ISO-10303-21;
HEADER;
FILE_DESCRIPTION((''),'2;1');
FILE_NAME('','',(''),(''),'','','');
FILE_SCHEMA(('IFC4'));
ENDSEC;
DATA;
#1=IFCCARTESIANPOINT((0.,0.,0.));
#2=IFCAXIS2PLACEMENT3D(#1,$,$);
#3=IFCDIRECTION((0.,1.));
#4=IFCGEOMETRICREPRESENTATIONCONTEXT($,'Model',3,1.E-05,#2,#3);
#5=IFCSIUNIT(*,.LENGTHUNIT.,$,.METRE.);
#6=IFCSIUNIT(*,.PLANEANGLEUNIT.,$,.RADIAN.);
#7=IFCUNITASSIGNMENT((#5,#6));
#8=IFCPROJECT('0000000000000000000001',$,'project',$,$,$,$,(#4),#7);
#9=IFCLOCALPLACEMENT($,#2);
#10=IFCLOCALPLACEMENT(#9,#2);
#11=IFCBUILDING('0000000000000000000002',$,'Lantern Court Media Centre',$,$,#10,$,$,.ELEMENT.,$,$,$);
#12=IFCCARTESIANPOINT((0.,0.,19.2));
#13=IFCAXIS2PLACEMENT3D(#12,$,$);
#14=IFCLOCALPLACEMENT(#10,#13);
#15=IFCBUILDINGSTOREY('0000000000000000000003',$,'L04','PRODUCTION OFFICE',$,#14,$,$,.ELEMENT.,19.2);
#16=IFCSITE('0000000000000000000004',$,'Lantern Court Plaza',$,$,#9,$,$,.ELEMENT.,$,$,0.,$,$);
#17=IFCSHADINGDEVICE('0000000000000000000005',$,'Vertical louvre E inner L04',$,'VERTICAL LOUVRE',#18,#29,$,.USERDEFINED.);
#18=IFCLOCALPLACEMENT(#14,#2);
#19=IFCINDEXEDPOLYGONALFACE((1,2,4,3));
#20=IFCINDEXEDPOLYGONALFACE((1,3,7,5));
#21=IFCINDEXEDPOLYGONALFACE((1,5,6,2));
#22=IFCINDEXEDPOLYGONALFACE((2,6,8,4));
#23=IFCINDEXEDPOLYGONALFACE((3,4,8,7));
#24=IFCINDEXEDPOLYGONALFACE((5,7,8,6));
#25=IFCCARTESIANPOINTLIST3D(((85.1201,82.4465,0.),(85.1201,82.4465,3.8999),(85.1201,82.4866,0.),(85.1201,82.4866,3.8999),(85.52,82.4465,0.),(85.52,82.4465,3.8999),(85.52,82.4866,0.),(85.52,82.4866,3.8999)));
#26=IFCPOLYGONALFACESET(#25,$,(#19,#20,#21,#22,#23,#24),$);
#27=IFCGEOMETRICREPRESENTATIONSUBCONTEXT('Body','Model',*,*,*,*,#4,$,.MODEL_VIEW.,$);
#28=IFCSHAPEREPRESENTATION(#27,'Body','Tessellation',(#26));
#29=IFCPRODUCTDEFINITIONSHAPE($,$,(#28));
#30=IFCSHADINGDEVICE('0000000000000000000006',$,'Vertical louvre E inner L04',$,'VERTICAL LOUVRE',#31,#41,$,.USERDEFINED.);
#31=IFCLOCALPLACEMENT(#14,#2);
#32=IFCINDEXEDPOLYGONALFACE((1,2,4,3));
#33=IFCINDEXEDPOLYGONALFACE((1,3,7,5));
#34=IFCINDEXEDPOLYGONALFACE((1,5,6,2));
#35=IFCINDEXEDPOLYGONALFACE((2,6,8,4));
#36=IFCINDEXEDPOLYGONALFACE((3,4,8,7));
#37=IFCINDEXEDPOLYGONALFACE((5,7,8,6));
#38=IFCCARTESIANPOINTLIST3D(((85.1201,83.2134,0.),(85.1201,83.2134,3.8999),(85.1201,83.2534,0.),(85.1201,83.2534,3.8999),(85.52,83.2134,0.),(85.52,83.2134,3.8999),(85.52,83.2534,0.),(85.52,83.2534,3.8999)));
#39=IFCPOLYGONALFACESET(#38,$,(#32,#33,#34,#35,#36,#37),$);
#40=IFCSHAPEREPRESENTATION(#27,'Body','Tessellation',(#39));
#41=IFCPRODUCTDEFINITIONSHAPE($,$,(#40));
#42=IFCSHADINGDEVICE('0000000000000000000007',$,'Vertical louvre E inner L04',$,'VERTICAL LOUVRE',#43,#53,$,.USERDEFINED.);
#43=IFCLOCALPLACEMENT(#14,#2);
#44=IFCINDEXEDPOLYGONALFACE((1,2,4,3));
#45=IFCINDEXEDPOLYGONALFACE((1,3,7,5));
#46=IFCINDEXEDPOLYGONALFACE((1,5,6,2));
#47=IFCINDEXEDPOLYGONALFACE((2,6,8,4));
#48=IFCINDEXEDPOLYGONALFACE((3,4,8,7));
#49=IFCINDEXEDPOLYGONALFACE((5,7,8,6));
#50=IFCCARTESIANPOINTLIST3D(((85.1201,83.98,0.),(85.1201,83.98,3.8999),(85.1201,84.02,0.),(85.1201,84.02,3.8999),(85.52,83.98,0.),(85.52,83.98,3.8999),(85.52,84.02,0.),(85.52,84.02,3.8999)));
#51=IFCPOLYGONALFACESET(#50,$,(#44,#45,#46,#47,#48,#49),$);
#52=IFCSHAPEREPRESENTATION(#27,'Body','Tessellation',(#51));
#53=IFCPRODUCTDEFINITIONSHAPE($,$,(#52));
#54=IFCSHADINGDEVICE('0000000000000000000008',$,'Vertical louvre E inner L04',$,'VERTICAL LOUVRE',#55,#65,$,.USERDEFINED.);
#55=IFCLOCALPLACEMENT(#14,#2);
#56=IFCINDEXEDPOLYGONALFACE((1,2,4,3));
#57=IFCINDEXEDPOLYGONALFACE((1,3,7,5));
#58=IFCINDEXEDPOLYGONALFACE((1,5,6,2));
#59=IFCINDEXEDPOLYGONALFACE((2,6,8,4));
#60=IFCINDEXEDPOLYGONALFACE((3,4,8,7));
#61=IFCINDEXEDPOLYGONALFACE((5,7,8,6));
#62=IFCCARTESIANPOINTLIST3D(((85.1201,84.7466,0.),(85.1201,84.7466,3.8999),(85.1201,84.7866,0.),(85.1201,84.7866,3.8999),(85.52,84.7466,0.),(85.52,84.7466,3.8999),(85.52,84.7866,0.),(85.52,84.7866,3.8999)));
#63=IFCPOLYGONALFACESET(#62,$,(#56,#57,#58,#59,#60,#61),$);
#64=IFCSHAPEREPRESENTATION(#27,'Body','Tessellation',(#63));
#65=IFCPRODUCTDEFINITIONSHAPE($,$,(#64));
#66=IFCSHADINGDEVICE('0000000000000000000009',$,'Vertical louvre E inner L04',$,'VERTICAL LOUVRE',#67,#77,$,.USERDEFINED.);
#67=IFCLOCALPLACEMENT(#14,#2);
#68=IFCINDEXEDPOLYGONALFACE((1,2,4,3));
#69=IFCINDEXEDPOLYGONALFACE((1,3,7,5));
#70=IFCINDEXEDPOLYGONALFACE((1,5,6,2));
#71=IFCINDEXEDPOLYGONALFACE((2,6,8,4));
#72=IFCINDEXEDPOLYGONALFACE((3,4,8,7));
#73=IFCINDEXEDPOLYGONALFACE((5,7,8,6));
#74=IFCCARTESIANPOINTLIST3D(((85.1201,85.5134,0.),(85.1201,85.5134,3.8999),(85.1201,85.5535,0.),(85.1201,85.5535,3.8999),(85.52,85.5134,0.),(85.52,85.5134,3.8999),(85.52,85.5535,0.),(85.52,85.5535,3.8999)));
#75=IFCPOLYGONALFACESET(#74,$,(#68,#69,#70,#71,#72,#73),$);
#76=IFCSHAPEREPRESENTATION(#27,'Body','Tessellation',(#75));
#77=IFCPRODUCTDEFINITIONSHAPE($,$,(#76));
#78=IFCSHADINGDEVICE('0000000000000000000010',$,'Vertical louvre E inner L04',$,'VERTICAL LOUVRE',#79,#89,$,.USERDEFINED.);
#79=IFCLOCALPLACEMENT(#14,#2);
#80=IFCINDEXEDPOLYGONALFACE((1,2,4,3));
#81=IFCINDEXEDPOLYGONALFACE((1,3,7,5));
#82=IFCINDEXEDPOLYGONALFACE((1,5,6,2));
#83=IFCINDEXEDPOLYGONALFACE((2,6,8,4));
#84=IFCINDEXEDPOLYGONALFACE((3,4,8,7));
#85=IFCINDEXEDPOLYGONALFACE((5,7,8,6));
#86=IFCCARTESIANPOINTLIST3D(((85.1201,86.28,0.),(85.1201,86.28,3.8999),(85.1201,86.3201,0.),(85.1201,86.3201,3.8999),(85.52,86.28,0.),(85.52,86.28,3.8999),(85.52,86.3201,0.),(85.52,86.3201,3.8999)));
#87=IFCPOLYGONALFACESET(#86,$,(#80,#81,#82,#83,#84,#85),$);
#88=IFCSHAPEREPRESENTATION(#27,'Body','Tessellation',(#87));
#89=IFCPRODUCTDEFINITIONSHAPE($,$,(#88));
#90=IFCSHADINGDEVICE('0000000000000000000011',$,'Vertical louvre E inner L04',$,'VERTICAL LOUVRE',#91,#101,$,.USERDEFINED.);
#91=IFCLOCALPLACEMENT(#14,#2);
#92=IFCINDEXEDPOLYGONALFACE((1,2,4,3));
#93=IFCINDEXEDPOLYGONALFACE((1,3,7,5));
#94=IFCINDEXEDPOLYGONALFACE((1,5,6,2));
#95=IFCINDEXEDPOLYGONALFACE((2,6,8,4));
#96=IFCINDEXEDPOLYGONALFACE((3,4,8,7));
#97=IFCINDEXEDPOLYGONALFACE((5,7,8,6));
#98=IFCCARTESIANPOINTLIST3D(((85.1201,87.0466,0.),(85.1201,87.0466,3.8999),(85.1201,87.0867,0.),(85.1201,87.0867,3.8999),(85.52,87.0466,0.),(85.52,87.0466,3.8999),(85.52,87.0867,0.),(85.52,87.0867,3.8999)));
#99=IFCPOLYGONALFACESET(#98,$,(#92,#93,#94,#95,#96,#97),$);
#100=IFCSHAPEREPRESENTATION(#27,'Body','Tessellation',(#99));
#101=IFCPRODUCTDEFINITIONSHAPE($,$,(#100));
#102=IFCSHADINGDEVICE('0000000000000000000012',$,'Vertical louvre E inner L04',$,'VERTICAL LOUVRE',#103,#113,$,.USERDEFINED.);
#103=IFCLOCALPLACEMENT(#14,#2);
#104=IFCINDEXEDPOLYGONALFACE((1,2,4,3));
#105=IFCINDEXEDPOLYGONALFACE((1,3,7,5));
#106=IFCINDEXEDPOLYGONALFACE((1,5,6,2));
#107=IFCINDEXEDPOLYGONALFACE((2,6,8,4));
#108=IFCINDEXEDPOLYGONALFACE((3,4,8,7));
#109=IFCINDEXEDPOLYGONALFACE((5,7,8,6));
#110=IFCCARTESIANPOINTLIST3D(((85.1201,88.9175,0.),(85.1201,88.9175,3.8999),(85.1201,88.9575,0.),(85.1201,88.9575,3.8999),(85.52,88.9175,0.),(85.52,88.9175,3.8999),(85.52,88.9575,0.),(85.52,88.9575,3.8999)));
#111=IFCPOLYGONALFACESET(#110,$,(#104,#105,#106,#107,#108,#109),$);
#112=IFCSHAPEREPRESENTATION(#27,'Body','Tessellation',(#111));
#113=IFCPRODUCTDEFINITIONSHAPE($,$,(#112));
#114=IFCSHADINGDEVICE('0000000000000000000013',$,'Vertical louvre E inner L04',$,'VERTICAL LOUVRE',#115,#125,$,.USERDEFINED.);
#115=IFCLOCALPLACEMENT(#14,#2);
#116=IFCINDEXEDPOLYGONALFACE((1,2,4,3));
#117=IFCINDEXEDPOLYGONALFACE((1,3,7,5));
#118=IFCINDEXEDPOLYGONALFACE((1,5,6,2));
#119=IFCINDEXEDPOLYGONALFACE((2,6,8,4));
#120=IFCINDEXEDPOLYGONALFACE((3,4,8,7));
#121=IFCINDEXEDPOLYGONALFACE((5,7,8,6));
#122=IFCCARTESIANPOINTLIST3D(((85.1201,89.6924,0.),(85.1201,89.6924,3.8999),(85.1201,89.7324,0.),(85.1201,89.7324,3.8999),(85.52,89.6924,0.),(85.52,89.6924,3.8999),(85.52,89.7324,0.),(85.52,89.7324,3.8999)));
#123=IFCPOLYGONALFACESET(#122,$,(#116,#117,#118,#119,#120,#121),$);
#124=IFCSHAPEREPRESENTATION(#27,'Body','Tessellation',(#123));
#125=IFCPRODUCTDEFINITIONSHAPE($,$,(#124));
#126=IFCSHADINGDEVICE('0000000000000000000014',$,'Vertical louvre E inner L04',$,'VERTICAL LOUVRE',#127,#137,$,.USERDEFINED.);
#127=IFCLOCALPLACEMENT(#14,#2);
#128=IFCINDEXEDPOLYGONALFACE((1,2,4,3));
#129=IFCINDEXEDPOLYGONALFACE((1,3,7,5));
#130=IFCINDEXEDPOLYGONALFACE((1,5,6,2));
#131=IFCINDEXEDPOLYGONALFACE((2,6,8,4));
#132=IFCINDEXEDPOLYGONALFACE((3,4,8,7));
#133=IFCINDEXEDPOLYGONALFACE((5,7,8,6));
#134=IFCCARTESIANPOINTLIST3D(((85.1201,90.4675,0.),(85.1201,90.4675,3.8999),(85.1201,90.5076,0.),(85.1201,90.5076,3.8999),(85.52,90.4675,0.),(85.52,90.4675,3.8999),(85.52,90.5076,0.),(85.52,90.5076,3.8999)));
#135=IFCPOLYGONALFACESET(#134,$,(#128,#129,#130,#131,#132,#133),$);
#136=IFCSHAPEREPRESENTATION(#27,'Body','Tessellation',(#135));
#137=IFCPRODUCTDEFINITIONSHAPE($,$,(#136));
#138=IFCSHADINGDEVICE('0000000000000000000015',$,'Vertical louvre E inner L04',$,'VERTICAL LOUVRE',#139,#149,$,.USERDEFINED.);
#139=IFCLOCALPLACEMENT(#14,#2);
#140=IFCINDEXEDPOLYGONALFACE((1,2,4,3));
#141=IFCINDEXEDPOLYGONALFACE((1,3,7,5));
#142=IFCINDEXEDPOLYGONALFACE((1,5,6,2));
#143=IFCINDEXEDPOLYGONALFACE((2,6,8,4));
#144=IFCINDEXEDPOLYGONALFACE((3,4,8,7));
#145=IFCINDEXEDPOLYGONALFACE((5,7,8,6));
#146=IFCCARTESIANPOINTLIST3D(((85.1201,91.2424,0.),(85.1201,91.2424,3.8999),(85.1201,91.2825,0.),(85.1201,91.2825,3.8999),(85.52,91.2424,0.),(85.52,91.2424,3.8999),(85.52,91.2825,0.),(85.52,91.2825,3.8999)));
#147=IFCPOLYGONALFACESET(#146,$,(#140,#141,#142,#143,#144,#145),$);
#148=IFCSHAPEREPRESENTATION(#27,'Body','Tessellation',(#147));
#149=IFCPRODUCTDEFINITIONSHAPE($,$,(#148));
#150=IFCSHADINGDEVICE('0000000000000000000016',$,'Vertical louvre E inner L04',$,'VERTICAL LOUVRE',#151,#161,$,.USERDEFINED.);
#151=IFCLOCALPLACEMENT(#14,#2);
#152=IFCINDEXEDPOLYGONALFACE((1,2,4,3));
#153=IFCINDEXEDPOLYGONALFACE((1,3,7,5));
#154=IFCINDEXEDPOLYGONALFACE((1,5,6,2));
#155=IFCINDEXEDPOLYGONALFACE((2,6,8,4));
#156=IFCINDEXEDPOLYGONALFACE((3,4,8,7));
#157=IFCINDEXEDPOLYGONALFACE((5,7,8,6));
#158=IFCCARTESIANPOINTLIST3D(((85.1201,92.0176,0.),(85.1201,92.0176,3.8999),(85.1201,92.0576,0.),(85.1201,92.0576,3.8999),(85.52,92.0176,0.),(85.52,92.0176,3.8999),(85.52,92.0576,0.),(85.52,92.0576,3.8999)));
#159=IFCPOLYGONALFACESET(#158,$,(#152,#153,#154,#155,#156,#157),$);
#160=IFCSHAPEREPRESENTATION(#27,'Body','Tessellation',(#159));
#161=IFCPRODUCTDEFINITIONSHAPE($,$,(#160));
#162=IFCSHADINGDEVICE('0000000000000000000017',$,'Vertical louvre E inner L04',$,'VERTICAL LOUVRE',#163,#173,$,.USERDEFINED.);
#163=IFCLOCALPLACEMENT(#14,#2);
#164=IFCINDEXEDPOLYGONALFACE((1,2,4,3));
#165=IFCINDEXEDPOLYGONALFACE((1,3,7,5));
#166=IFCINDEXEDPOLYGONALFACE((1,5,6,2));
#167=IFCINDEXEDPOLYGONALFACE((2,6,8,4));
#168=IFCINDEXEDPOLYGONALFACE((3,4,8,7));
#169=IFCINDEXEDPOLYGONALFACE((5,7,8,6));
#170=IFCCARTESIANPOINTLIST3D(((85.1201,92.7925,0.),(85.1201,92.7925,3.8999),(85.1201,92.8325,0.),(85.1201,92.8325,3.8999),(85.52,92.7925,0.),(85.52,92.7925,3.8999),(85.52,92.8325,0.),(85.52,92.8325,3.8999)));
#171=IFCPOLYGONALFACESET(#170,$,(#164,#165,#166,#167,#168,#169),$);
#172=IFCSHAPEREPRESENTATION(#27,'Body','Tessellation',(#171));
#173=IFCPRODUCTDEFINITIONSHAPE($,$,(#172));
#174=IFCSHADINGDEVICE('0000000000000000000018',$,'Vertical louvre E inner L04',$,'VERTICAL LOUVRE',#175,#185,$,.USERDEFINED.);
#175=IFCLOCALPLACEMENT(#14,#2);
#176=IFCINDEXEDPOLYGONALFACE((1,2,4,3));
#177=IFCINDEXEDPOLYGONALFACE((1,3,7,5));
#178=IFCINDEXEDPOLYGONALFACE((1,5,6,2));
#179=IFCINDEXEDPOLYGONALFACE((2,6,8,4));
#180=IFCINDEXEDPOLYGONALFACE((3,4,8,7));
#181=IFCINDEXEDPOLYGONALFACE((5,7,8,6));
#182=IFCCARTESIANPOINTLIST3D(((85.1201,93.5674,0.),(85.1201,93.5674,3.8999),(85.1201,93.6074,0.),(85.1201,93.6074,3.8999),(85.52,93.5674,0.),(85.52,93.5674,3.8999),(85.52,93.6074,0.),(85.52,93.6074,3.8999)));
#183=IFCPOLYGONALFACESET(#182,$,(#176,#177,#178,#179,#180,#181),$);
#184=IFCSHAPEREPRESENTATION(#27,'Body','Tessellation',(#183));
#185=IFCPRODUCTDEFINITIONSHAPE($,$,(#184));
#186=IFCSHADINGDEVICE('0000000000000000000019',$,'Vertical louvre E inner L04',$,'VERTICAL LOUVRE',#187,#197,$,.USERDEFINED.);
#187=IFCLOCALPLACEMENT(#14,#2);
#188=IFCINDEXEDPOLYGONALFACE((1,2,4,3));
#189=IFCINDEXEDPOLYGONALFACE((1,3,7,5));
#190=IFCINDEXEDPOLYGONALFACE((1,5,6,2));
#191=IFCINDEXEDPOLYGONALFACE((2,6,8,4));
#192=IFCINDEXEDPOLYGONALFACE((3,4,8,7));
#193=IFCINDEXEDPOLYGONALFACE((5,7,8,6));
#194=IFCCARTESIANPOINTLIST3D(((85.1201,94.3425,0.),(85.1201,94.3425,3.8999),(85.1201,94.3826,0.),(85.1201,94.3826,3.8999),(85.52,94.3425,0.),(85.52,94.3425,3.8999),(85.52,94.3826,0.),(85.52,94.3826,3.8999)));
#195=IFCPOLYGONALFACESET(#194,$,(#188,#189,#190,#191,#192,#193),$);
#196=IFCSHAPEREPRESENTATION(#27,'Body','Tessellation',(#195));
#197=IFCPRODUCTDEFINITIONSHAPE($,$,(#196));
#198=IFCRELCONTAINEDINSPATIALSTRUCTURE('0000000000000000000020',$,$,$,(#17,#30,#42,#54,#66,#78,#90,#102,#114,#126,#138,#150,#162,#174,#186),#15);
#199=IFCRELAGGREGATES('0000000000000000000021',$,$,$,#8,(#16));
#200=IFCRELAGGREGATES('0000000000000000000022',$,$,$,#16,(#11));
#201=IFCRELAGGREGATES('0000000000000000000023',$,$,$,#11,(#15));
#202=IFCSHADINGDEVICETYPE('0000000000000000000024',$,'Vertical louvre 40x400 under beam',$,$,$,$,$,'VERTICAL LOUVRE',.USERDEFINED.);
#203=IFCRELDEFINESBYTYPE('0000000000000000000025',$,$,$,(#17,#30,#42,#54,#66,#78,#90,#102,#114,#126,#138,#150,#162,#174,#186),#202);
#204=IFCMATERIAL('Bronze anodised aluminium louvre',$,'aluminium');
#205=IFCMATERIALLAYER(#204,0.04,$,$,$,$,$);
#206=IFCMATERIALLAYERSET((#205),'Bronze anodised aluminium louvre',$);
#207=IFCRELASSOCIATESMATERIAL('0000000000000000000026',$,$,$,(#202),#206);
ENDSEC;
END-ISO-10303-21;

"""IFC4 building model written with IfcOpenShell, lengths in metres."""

from ifc_helpers import new_model, si_unit, direction, frame, origin, origin_2d, place, context, subcontext, project, spatial, rectangle, extrude, material, layer, layer_set, type_object, element, save


model = new_model("IFC4")

# Units and contexts
model_context = context("Model", 3, precision=1e-05, world=origin(), true_north=direction((0.0, 1.0)))
body_context = subcontext(model_context, "Body", "Model", "MODEL_VIEW")
ifc_project = project(units=[si_unit("LENGTHUNIT", "METRE"), si_unit("PLANEANGLEUNIT", "RADIAN")], contexts=[model_context])

# Site, building, storey
site_placement = place(None, origin())
site = spatial("IfcSite", under=ifc_project, at=site_placement, Name="Lantern Court Plaza", CompositionType="ELEMENT", RefElevation=0.0)
building_placement = place(site_placement, origin())
building = spatial("IfcBuilding", under=site, at=building_placement, Name="Lantern Court Media Centre", CompositionType="ELEMENT")
storey_placement = place(building_placement, frame((0.0, 0.0, 19.2)))
storey = spatial("IfcBuildingStorey", under=building, at=storey_placement, Name="L04", Description="PRODUCTION OFFICE", CompositionType="ELEMENT", Elevation=19.2)

# Shading devices
ifc_material_1 = material(Name="Bronze anodised aluminium louvre", Category="aluminium")
ifc_layer_1 = layer(ifc_material_1, 0.04)
ifc_layer_set_1 = layer_set([ifc_layer_1], Name="Bronze anodised aluminium louvre")
shading_device_type = type_object("IfcShadingDeviceType", Name="Vertical louvre 40x400 under beam", ElementType="VERTICAL LOUVRE", PredefinedType="USERDEFINED", material=ifc_layer_set_1)
for number, where, z_axis, x_axis, name in (
    (1, (85.3201, 82.4666, 0.0), (0.0, 0.0, 1.0), (1.0, 0.0, 0.0), "Vertical louvre E inner L04"),
    (2, (85.3201, 83.2334, 0.0), (0.0, 0.0, 1.0), (1.0, 0.0, 0.0), "Vertical louvre E inner L04"),
    (3, (85.3201, 84.0, 0.0), (0.0, 0.0, 1.0), (1.0, 0.0, 0.0), "Vertical louvre E inner L04"),
    (4, (85.3201, 84.7666, 0.0), (0.0, 0.0, 1.0), (1.0, 0.0, 0.0), "Vertical louvre E inner L04"),
    (5, (85.3201, 85.5334, 0.0), (0.0, 0.0, 1.0), (1.0, 0.0, 0.0), "Vertical louvre E inner L04"),
    (6, (85.3201, 86.3, 0.0), (0.0, 0.0, 1.0), (1.0, 0.0, 0.0), "Vertical louvre E inner L04"),
    (7, (85.3201, 87.0667, 0.0), (0.0, 0.0, 1.0), (1.0, 0.0, 0.0), "Vertical louvre E inner L04"),
    (8, (85.3201, 88.9375, 0.0), (0.0, 0.0, 1.0), (1.0, 0.0, 0.0), "Vertical louvre E inner L04"),
    (9, (85.3201, 89.7124, 0.0), (0.0, 0.0, 1.0), (1.0, 0.0, 0.0), "Vertical louvre E inner L04"),
    (10, (85.3201, 90.4875, 0.0), (0.0, 0.0, 1.0), (1.0, 0.0, 0.0), "Vertical louvre E inner L04"),
    (11, (85.3201, 91.2625, 0.0), (0.0, 0.0, 1.0), (1.0, 0.0, 0.0), "Vertical louvre E inner L04"),
    (12, (85.3201, 92.0376, 0.0), (0.0, 0.0, 1.0), (1.0, 0.0, 0.0), "Vertical louvre E inner L04"),
    (13, (85.3201, 92.8125, 0.0), (0.0, 0.0, 1.0), (1.0, 0.0, 0.0), "Vertical louvre E inner L04"),
    (14, (85.3201, 93.5874, 0.0), (0.0, 0.0, 1.0), (1.0, 0.0, 0.0), "Vertical louvre E inner L04"),
    (15, (85.3201, 94.3625, 0.0), (0.0, 0.0, 1.0), (1.0, 0.0, 0.0), "Vertical louvre E inner L04"),
):
    element("IfcShadingDevice", number, at=place(storey_placement, frame(where, z_axis=z_axis, x_axis=x_axis)), inside=storey, type_object=shading_device_type, Name=name, ObjectType="VERTICAL LOUVRE", PredefinedType="USERDEFINED", context=body_context, shape_type="SweptSolid", body=[
        extrude(rectangle(XDim=0.3999, YDim=0.04, at=origin_2d()), origin(), (0.0, 0.0, 1.0), 3.8999),
    ])

save(model, "model.ifc")
